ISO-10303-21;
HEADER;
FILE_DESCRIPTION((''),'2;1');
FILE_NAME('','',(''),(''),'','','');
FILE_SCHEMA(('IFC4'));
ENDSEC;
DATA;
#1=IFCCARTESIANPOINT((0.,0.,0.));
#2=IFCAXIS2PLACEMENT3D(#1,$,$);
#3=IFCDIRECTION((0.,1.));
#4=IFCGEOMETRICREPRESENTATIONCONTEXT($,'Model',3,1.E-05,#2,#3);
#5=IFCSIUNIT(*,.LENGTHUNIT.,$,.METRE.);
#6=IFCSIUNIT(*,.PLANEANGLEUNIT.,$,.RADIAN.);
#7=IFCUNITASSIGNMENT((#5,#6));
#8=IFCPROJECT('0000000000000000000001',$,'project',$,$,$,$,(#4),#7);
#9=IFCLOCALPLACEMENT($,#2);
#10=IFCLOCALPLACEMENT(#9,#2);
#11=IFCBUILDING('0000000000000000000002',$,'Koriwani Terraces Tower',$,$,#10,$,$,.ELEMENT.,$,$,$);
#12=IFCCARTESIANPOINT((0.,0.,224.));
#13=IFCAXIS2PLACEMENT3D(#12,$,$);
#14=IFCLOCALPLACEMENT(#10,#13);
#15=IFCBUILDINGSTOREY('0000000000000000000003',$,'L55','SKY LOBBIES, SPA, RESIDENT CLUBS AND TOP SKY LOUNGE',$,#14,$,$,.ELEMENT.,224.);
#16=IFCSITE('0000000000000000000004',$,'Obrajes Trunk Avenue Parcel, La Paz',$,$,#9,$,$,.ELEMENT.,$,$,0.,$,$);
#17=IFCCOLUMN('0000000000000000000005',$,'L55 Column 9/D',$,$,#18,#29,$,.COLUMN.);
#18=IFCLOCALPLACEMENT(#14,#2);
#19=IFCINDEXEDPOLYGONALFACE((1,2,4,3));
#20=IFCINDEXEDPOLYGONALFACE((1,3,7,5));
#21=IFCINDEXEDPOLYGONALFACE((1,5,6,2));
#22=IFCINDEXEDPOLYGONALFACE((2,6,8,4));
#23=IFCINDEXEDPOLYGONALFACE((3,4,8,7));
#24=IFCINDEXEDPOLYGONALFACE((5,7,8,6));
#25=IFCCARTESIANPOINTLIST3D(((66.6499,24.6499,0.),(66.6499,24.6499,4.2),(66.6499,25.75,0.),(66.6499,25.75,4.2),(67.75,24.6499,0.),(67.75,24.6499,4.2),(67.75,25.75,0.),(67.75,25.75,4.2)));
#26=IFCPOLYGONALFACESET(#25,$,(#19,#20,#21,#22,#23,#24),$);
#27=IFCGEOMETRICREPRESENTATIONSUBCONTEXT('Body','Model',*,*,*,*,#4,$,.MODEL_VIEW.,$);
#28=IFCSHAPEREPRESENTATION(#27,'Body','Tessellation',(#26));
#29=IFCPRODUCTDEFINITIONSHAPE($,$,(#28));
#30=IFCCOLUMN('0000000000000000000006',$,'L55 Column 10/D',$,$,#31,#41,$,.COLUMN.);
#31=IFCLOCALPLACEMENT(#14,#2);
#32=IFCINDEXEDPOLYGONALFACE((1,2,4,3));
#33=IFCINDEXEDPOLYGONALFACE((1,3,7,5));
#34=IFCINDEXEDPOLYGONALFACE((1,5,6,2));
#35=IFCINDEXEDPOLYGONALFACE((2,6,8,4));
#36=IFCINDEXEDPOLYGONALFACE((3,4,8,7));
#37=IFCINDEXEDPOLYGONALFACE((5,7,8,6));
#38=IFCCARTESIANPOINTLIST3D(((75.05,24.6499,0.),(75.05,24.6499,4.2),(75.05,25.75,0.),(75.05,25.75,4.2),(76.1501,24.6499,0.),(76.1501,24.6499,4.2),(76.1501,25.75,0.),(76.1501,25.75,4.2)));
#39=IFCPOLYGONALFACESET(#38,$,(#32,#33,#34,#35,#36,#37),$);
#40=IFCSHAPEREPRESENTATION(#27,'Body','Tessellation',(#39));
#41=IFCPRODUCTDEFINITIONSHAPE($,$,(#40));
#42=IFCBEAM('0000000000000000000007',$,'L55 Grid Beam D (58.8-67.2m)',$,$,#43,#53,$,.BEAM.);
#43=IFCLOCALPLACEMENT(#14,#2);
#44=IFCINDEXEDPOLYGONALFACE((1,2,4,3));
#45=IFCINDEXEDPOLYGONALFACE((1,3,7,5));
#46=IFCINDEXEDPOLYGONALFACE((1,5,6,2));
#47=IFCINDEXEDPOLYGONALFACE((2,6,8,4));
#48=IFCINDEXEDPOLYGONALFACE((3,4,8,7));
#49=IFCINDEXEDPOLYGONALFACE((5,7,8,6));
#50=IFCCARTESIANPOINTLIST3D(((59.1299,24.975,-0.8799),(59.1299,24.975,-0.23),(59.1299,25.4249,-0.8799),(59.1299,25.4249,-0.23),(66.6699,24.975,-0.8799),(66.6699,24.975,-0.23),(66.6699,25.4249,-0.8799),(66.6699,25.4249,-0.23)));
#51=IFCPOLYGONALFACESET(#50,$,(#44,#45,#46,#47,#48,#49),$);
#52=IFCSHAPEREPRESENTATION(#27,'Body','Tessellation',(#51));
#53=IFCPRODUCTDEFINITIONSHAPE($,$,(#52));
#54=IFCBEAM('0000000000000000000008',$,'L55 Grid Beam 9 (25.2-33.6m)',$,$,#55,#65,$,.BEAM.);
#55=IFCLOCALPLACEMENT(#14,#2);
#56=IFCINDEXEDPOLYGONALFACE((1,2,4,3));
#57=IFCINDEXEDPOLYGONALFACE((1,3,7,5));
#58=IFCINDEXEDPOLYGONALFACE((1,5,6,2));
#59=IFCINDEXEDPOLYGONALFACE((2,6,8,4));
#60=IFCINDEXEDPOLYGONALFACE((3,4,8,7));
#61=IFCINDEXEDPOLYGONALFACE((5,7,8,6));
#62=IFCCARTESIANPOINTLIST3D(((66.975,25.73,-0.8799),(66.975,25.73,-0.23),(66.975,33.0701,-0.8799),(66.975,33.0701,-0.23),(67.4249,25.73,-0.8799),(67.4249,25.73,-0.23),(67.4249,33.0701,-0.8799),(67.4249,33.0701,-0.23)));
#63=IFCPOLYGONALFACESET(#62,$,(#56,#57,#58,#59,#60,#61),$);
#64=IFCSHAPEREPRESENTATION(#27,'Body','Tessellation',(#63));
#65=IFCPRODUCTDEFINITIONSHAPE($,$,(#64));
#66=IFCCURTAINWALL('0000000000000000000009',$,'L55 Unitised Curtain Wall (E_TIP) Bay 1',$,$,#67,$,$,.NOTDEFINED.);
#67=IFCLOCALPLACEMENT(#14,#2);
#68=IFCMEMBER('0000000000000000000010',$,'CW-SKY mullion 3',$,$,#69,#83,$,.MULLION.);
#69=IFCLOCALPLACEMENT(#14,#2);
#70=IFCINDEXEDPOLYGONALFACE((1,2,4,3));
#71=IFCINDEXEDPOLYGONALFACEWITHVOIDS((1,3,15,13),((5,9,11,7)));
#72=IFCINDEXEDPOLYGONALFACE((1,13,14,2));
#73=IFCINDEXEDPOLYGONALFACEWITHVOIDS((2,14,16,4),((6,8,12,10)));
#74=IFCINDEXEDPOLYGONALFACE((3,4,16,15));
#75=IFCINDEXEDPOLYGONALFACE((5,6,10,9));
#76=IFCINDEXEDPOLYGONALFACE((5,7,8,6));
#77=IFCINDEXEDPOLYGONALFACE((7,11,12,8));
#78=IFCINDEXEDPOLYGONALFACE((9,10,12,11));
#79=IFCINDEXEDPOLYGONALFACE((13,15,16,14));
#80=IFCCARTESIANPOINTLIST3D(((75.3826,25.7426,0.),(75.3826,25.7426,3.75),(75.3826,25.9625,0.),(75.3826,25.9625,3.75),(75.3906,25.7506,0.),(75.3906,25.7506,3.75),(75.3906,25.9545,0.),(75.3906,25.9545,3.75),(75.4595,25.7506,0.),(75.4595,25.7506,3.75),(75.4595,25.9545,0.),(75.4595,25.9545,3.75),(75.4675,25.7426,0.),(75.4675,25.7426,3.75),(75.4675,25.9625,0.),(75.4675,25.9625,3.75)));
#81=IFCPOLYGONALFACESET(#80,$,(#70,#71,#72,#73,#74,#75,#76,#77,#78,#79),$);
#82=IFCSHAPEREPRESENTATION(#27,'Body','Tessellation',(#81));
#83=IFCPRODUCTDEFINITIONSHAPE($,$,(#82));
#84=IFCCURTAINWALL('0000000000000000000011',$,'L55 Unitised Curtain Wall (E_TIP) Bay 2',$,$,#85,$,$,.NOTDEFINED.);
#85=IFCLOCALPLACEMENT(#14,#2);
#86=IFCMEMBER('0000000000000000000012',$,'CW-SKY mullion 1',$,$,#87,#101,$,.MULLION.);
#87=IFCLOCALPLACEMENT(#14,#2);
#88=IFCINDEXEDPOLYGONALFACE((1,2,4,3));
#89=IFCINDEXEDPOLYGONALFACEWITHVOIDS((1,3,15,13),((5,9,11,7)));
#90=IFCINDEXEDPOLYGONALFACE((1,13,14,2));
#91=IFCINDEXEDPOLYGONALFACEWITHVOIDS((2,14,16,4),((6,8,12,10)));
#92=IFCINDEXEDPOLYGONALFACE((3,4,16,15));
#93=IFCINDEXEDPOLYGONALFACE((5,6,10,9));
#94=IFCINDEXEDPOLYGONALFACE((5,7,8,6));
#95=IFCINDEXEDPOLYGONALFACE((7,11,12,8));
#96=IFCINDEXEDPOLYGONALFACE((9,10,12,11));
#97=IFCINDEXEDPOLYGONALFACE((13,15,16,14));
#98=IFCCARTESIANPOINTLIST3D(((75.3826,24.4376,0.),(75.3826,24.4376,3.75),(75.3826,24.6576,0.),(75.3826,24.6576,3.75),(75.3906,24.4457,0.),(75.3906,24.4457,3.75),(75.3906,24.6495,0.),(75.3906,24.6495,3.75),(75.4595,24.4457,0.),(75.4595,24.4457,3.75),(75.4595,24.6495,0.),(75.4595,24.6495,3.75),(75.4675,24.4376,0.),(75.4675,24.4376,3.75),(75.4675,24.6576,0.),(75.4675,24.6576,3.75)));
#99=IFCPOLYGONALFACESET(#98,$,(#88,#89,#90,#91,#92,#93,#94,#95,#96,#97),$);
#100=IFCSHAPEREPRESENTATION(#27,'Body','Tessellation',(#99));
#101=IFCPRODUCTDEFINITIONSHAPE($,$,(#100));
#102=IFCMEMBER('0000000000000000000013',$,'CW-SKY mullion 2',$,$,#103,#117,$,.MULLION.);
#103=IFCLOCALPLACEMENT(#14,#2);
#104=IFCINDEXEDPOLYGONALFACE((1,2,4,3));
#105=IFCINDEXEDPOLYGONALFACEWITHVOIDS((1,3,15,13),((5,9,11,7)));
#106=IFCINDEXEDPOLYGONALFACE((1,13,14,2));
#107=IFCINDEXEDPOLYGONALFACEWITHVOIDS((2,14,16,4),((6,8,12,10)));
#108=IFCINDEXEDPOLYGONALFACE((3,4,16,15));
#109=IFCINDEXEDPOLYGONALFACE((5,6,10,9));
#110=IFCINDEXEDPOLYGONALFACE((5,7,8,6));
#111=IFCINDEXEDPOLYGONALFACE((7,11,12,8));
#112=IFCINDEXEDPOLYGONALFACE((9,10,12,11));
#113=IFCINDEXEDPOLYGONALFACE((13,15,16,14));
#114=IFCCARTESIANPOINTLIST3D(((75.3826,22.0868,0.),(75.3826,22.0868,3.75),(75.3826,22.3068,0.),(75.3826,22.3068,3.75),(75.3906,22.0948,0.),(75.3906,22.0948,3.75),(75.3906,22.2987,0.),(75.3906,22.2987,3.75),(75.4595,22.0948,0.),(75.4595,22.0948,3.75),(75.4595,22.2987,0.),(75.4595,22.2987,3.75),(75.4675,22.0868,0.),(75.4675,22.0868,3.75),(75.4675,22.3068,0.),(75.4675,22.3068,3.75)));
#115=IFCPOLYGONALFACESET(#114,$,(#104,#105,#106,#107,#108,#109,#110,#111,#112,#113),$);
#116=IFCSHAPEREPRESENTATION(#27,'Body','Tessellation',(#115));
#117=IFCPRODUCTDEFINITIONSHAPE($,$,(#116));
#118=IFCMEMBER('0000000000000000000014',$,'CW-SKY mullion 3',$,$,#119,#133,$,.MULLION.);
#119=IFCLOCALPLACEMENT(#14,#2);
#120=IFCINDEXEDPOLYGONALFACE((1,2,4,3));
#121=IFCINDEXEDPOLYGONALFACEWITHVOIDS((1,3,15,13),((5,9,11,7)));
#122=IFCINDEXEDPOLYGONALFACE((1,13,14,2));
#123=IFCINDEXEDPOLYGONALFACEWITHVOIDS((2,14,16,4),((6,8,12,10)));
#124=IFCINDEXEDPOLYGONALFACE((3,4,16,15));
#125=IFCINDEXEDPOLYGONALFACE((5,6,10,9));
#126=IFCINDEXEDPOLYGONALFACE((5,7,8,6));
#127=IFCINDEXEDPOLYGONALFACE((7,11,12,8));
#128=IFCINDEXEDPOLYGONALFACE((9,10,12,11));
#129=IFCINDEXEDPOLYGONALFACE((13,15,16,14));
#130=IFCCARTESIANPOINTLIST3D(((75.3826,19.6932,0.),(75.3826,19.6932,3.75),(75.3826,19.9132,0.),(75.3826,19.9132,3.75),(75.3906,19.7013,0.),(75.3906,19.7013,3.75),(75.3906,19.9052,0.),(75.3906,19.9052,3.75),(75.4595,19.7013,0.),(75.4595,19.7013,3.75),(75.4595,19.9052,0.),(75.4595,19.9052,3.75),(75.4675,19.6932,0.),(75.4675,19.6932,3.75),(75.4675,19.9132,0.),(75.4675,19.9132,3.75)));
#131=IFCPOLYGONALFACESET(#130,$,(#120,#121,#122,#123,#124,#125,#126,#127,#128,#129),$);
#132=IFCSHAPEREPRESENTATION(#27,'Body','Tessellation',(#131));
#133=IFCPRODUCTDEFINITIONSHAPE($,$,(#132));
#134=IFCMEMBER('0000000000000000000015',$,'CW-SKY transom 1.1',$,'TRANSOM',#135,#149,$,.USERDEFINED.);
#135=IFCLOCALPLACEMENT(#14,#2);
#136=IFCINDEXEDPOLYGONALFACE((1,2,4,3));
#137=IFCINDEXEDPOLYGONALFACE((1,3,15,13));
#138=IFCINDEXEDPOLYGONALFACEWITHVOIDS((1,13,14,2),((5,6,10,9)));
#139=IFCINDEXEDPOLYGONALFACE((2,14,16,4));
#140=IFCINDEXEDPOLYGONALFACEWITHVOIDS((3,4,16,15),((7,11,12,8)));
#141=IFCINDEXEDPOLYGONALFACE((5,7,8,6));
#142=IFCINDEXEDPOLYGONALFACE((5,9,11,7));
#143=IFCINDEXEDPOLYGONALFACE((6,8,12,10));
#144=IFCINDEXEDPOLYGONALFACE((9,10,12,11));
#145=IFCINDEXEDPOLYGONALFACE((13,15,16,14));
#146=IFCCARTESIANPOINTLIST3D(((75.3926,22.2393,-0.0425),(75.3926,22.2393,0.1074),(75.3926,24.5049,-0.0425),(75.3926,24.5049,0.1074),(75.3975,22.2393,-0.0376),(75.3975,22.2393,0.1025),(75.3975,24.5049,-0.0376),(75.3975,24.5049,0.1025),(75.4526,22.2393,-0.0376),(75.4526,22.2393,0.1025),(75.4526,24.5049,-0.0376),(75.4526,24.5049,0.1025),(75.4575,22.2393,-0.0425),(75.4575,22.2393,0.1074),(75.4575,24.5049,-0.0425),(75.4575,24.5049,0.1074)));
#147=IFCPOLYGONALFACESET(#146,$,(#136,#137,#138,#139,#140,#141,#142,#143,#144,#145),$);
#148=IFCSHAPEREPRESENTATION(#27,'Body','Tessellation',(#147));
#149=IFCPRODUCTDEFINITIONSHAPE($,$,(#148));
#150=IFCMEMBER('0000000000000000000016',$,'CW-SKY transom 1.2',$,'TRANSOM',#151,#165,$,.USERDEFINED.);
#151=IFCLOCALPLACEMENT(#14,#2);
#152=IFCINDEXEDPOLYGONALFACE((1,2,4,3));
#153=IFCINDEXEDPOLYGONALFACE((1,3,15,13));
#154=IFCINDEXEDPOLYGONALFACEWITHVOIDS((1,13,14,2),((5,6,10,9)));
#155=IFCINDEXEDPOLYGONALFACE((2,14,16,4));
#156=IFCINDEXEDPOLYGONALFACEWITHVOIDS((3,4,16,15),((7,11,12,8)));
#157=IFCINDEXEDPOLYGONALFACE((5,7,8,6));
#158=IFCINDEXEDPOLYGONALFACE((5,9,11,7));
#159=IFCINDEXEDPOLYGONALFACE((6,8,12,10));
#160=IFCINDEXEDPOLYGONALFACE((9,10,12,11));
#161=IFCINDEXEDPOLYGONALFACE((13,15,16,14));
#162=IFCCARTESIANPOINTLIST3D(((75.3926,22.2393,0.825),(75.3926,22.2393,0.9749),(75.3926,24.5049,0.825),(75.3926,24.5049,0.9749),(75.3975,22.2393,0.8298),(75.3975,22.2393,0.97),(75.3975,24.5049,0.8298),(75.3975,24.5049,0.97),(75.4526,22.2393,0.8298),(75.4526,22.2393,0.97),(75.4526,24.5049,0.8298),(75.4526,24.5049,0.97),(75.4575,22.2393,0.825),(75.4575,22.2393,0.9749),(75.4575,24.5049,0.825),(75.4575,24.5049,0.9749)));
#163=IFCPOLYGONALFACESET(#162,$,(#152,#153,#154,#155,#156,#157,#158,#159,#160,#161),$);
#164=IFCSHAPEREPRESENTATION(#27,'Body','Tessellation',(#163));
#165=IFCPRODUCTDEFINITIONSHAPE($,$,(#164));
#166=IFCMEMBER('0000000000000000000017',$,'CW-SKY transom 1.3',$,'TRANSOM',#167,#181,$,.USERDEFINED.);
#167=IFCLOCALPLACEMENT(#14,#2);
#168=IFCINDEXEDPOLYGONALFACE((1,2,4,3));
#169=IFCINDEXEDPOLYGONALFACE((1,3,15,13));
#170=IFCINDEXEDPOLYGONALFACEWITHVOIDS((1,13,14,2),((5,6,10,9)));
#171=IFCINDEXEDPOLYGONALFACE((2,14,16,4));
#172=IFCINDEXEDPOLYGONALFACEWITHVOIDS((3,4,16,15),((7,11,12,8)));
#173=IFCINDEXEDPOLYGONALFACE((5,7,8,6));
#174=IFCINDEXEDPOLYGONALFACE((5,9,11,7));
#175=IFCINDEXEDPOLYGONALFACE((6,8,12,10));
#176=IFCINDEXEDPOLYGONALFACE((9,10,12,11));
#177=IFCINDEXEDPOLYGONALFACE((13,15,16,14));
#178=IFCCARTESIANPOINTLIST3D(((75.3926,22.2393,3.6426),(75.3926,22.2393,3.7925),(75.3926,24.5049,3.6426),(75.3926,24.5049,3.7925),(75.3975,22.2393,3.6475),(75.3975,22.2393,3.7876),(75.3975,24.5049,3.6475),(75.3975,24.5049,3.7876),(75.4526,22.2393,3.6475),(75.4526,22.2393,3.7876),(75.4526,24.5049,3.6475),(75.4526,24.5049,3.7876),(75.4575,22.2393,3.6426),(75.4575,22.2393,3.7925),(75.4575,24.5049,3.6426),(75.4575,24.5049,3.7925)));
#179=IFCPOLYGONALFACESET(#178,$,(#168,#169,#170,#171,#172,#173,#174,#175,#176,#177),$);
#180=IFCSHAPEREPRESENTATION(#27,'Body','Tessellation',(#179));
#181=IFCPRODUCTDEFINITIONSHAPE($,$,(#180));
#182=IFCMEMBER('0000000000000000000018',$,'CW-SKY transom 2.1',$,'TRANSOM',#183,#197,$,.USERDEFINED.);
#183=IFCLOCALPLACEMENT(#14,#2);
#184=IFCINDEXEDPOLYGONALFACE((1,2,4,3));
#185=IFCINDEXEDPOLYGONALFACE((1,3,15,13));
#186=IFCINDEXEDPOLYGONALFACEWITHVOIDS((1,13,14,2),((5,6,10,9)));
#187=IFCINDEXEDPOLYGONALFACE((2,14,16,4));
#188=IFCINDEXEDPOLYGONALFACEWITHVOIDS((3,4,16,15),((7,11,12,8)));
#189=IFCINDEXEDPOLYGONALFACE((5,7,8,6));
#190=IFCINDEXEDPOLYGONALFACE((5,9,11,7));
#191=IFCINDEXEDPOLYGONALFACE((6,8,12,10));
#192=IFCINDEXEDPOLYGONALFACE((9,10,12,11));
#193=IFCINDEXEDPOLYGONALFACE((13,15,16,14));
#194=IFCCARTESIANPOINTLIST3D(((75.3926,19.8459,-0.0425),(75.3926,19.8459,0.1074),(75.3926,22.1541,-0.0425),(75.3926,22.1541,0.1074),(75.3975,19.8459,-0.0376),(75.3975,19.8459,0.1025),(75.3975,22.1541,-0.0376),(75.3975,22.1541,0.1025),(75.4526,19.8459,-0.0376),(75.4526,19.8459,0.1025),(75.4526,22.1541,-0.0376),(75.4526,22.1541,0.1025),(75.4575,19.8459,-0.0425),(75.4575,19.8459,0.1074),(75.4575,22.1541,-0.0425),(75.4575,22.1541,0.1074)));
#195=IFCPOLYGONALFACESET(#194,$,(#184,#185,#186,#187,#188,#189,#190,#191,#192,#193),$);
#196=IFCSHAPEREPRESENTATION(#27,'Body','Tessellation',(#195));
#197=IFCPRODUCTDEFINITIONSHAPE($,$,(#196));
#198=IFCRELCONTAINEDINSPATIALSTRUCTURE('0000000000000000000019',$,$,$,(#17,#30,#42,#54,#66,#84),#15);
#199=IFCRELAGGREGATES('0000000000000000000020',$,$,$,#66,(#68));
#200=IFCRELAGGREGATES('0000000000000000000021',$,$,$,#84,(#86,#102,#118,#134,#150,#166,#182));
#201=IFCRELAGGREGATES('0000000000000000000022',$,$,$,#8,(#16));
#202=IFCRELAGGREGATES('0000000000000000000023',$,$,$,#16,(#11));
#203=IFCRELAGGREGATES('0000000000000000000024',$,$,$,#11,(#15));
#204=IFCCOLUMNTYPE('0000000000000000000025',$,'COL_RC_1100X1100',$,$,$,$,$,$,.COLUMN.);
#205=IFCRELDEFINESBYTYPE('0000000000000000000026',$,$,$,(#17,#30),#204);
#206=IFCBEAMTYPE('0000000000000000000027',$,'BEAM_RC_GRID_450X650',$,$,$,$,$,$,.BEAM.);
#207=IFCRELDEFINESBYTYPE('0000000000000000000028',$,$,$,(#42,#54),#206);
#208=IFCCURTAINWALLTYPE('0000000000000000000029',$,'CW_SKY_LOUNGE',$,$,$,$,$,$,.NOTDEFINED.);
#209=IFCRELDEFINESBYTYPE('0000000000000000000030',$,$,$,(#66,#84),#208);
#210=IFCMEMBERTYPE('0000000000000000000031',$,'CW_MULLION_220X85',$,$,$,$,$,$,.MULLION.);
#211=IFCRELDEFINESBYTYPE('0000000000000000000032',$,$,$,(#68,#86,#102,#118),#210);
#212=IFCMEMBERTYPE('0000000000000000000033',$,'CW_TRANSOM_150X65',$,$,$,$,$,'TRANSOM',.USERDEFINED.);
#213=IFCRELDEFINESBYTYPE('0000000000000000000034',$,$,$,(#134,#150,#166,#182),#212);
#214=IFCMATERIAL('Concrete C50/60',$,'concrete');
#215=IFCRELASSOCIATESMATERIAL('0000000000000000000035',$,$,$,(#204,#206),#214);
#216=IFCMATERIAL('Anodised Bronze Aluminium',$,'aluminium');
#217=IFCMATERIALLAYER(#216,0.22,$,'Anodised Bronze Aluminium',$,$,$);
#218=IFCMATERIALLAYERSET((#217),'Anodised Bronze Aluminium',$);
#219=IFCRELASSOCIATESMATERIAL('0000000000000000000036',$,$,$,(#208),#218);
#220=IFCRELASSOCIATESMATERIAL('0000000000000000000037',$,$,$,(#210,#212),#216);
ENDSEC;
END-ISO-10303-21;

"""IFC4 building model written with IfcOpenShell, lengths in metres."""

from ifc_helpers import new_model, si_unit, direction, frame, origin, origin_2d, place, context, subcontext, project, spatial, rectangle, hollow_rectangle, extrude, material, layer, layer_set, material_profile, profile_set, type_object, element, aggregate, save


model = new_model("IFC4")

# Units and contexts
model_context = context("Model", 3, precision=1e-05, world=origin(), true_north=direction((0.0, 1.0)))
body_context = subcontext(model_context, "Body", "Model", "MODEL_VIEW")
ifc_project = project(units=[si_unit("LENGTHUNIT", "METRE"), si_unit("PLANEANGLEUNIT", "RADIAN")], contexts=[model_context])

# Site, building, storey
site_placement = place(None, origin())
site = spatial("IfcSite", under=ifc_project, at=site_placement, Name="Obrajes Trunk Avenue Parcel, La Paz", CompositionType="ELEMENT", RefElevation=0.0)
building_placement = place(site_placement, origin())
building = spatial("IfcBuilding", under=site, at=building_placement, Name="Koriwani Terraces Tower", CompositionType="ELEMENT")
storey_placement = place(building_placement, frame((0.0, 0.0, 224.0)))
storey = spatial("IfcBuildingStorey", under=building, at=storey_placement, Name="L55", Description="SKY LOBBIES, SPA, RESIDENT CLUBS AND TOP SKY LOUNGE", CompositionType="ELEMENT", Elevation=224.0)

# Columns
ifc_material_1 = material(Name="Concrete C50/60", Category="concrete")
ifc_material_profile_1 = material_profile(ifc_material_1, rectangle(XDim=1.1001, YDim=1.1001, at=origin_2d()), Name="Concrete C50/60", Category="LoadBearing")
ifc_profile_set_1 = profile_set([ifc_material_profile_1], Name="Concrete C50/60")
column_type = type_object("IfcColumnType", Name="COL_RC_1100X1100", PredefinedType="COLUMN", material=ifc_profile_set_1)
for number, where, z_axis, x_axis, name in (
    (1, (67.2, 25.2, 0.0), (0.0, 0.0, 1.0), (1.0, 0.0, 0.0), "L55 Column 9/D"),
    (2, (75.6001, 25.2, 0.0), (0.0, 0.0, 1.0), (1.0, 0.0, 0.0), "L55 Column 10/D"),
):
    element("IfcColumn", number, at=place(storey_placement, frame(where, z_axis=z_axis, x_axis=x_axis)), inside=storey, type_object=column_type, Name=name, PredefinedType="COLUMN", context=body_context, shape_type="SweptSolid", body=[
        extrude(rectangle(XDim=1.1001, YDim=1.1001, at=origin_2d()), origin(), (0.0, 0.0, 1.0), 4.2),
    ])

# Beams
ifc_material_profile_2 = material_profile(ifc_material_1, rectangle(XDim=0.45, YDim=0.6499, at=origin_2d()), Name="Concrete C50/60", Category="LoadBearing")
ifc_profile_set_2 = profile_set([ifc_material_profile_2], Name="Concrete C50/60")
beam_type_1 = type_object("IfcBeamType", Name="BEAM_RC_GRID_450X650", PredefinedType="BEAM", material=ifc_profile_set_2)
beam_1_placement = place(storey_placement, frame((59.1299, 25.2, -0.5549), z_axis=(1.0, 0.0, 0.0), x_axis=(0.0, 1.0, 0.0)))
element("IfcBeam", 3, at=beam_1_placement, inside=storey, type_object=beam_type_1, Name="L55 Grid Beam D (58.8-67.2m)", PredefinedType="BEAM", context=body_context, shape_type="SweptSolid", body=[
    extrude(rectangle(XDim=0.45, YDim=0.6499, at=origin_2d()), origin(), (0.0, 0.0, 1.0), 7.54),
])
beam_2_placement = place(storey_placement, frame((67.2, 25.73, -0.5549), z_axis=(0.0, 1.0, 0.0), x_axis=(-1.0, 0.0, 0.0)))
element("IfcBeam", 4, at=beam_2_placement, inside=storey, type_object=beam_type_1, Name="L55 Grid Beam 9 (25.2-33.6m)", PredefinedType="BEAM", context=body_context, shape_type="SweptSolid", body=[
    extrude(rectangle(XDim=0.45, YDim=0.6499, at=origin_2d()), origin(), (0.0, 0.0, 1.0), 7.3401),
])

# Curtain wall, member
ifc_material_2 = material(Name="Anodised Bronze Aluminium", Category="aluminium")
ifc_layer_1 = layer(ifc_material_2, 0.22, Name="Anodised Bronze Aluminium")
ifc_layer_set_1 = layer_set([ifc_layer_1], Name="Anodised Bronze Aluminium")
curtain_wall_type = type_object("IfcCurtainWallType", Name="CW_SKY_LOUNGE", PredefinedType="NOTDEFINED", material=ifc_layer_set_1)
curtain_wall_1_placement = place(storey_placement, origin())
curtain_wall_1 = element("IfcCurtainWall", 5, at=curtain_wall_1_placement, inside=storey, type_object=curtain_wall_type, Name="L55 Unitised Curtain Wall (E_TIP) Bay 1", PredefinedType="NOTDEFINED")
ifc_material_profile_3 = material_profile(ifc_material_2, hollow_rectangle(XDim=0.085, YDim=0.22, WallThickness=0.0081, at=origin_2d()), Name="Anodised Bronze Aluminium", Category="LoadBearing")
ifc_profile_set_3 = profile_set([ifc_material_profile_3], Name="Anodised Bronze Aluminium")
member_type_1 = type_object("IfcMemberType", Name="CW_MULLION_220X85", PredefinedType="MULLION", material=ifc_profile_set_3)
member_1_placement = place(storey_placement, frame((75.425, 25.8525, 0.0), z_axis=(0.0, 0.0, 1.0), x_axis=(1.0, 0.0, 0.0)))
member_1 = element("IfcMember", 6, at=member_1_placement, type_object=member_type_1, Name="CW-SKY mullion 3", PredefinedType="MULLION", context=body_context, shape_type="SweptSolid", body=[
    extrude(hollow_rectangle(XDim=0.085, YDim=0.22, WallThickness=0.0081, at=origin_2d()), origin(), (0.0, 0.0, 1.0), 3.75),
])

# Curtain wall, members
curtain_wall_2_placement = place(storey_placement, origin())
curtain_wall_2 = element("IfcCurtainWall", 7, at=curtain_wall_2_placement, inside=storey, type_object=curtain_wall_type, Name="L55 Unitised Curtain Wall (E_TIP) Bay 2", PredefinedType="NOTDEFINED")
member_2_placement = place(storey_placement, frame((75.425, 24.5476, 0.0), z_axis=(0.0, 0.0, 1.0), x_axis=(1.0, 0.0, 0.0)))
member_2 = element("IfcMember", 8, at=member_2_placement, type_object=member_type_1, Name="CW-SKY mullion 1", PredefinedType="MULLION", context=body_context, shape_type="SweptSolid", body=[
    extrude(hollow_rectangle(XDim=0.085, YDim=0.22, WallThickness=0.0081, at=origin_2d()), origin(), (0.0, 0.0, 1.0), 3.75),
])
member_3_placement = place(storey_placement, frame((75.425, 22.1968, 0.0), z_axis=(0.0, 0.0, 1.0), x_axis=(1.0, 0.0, 0.0)))
member_3 = element("IfcMember", 9, at=member_3_placement, type_object=member_type_1, Name="CW-SKY mullion 2", PredefinedType="MULLION", context=body_context, shape_type="SweptSolid", body=[
    extrude(hollow_rectangle(XDim=0.085, YDim=0.22, WallThickness=0.0081, at=origin_2d()), origin(), (0.0, 0.0, 1.0), 3.75),
])
member_4_placement = place(storey_placement, frame((75.425, 19.8032, 0.0), z_axis=(0.0, 0.0, 1.0), x_axis=(1.0, 0.0, 0.0)))
member_4 = element("IfcMember", 10, at=member_4_placement, type_object=member_type_1, Name="CW-SKY mullion 3", PredefinedType="MULLION", context=body_context, shape_type="SweptSolid", body=[
    extrude(hollow_rectangle(XDim=0.085, YDim=0.22, WallThickness=0.0081, at=origin_2d()), origin(), (0.0, 0.0, 1.0), 3.75),
])
ifc_material_profile_4 = material_profile(ifc_material_2, hollow_rectangle(XDim=0.0649, YDim=0.1499, WallThickness=0.0049, at=origin_2d()), Name="Anodised Bronze Aluminium", Category="LoadBearing")
ifc_profile_set_4 = profile_set([ifc_material_profile_4], Name="Anodised Bronze Aluminium")
member_type_2 = type_object("IfcMemberType", Name="CW_TRANSOM_150X65", ElementType="TRANSOM", PredefinedType="USERDEFINED", material=ifc_profile_set_4)
member_5_placement = place(storey_placement, frame((75.425, 24.5049, 0.0325), z_axis=(0.0, -1.0, 0.0), x_axis=(1.0, 0.0, 0.0)))
member_5 = element("IfcMember", 11, at=member_5_placement, type_object=member_type_2, Name="CW-SKY transom 1.1", ObjectType="TRANSOM", PredefinedType="USERDEFINED", context=body_context, shape_type="SweptSolid", body=[
    extrude(hollow_rectangle(XDim=0.0649, YDim=0.1499, WallThickness=0.0049, at=origin_2d()), origin(), (0.0, 0.0, 1.0), 2.2656),
])
member_6_placement = place(storey_placement, frame((75.425, 24.5049, 0.8999), z_axis=(0.0, -1.0, 0.0), x_axis=(1.0, 0.0, 0.0)))
member_6 = element("IfcMember", 12, at=member_6_placement, type_object=member_type_2, Name="CW-SKY transom 1.2", ObjectType="TRANSOM", PredefinedType="USERDEFINED", context=body_context, shape_type="SweptSolid", body=[
    extrude(hollow_rectangle(XDim=0.0649, YDim=0.1499, WallThickness=0.0049, at=origin_2d()), origin(), (0.0, 0.0, 1.0), 2.2656),
])
member_7_placement = place(storey_placement, frame((75.425, 24.5049, 3.7175), z_axis=(0.0, -1.0, 0.0), x_axis=(1.0, 0.0, 0.0)))
member_7 = element("IfcMember", 13, at=member_7_placement, type_object=member_type_2, Name="CW-SKY transom 1.3", ObjectType="TRANSOM", PredefinedType="USERDEFINED", context=body_context, shape_type="SweptSolid", body=[
    extrude(hollow_rectangle(XDim=0.0649, YDim=0.1499, WallThickness=0.0049, at=origin_2d()), origin(), (0.0, 0.0, 1.0), 2.2656),
])
member_8_placement = place(storey_placement, frame((75.425, 22.1541, 0.0325), z_axis=(0.0, -1.0, 0.0), x_axis=(1.0, 0.0, 0.0)))
member_8 = element("IfcMember", 14, at=member_8_placement, type_object=member_type_2, Name="CW-SKY transom 2.1", ObjectType="TRANSOM", PredefinedType="USERDEFINED", context=body_context, shape_type="SweptSolid", body=[
    extrude(hollow_rectangle(XDim=0.0649, YDim=0.1499, WallThickness=0.0049, at=origin_2d()), origin(), (0.0, 0.0, 1.0), 2.3081),
])

aggregate(curtain_wall_1, [member_1])
aggregate(curtain_wall_2, [member_2, member_3, member_4, member_5, member_6, member_7, member_8])

save(model, "model.ifc")
